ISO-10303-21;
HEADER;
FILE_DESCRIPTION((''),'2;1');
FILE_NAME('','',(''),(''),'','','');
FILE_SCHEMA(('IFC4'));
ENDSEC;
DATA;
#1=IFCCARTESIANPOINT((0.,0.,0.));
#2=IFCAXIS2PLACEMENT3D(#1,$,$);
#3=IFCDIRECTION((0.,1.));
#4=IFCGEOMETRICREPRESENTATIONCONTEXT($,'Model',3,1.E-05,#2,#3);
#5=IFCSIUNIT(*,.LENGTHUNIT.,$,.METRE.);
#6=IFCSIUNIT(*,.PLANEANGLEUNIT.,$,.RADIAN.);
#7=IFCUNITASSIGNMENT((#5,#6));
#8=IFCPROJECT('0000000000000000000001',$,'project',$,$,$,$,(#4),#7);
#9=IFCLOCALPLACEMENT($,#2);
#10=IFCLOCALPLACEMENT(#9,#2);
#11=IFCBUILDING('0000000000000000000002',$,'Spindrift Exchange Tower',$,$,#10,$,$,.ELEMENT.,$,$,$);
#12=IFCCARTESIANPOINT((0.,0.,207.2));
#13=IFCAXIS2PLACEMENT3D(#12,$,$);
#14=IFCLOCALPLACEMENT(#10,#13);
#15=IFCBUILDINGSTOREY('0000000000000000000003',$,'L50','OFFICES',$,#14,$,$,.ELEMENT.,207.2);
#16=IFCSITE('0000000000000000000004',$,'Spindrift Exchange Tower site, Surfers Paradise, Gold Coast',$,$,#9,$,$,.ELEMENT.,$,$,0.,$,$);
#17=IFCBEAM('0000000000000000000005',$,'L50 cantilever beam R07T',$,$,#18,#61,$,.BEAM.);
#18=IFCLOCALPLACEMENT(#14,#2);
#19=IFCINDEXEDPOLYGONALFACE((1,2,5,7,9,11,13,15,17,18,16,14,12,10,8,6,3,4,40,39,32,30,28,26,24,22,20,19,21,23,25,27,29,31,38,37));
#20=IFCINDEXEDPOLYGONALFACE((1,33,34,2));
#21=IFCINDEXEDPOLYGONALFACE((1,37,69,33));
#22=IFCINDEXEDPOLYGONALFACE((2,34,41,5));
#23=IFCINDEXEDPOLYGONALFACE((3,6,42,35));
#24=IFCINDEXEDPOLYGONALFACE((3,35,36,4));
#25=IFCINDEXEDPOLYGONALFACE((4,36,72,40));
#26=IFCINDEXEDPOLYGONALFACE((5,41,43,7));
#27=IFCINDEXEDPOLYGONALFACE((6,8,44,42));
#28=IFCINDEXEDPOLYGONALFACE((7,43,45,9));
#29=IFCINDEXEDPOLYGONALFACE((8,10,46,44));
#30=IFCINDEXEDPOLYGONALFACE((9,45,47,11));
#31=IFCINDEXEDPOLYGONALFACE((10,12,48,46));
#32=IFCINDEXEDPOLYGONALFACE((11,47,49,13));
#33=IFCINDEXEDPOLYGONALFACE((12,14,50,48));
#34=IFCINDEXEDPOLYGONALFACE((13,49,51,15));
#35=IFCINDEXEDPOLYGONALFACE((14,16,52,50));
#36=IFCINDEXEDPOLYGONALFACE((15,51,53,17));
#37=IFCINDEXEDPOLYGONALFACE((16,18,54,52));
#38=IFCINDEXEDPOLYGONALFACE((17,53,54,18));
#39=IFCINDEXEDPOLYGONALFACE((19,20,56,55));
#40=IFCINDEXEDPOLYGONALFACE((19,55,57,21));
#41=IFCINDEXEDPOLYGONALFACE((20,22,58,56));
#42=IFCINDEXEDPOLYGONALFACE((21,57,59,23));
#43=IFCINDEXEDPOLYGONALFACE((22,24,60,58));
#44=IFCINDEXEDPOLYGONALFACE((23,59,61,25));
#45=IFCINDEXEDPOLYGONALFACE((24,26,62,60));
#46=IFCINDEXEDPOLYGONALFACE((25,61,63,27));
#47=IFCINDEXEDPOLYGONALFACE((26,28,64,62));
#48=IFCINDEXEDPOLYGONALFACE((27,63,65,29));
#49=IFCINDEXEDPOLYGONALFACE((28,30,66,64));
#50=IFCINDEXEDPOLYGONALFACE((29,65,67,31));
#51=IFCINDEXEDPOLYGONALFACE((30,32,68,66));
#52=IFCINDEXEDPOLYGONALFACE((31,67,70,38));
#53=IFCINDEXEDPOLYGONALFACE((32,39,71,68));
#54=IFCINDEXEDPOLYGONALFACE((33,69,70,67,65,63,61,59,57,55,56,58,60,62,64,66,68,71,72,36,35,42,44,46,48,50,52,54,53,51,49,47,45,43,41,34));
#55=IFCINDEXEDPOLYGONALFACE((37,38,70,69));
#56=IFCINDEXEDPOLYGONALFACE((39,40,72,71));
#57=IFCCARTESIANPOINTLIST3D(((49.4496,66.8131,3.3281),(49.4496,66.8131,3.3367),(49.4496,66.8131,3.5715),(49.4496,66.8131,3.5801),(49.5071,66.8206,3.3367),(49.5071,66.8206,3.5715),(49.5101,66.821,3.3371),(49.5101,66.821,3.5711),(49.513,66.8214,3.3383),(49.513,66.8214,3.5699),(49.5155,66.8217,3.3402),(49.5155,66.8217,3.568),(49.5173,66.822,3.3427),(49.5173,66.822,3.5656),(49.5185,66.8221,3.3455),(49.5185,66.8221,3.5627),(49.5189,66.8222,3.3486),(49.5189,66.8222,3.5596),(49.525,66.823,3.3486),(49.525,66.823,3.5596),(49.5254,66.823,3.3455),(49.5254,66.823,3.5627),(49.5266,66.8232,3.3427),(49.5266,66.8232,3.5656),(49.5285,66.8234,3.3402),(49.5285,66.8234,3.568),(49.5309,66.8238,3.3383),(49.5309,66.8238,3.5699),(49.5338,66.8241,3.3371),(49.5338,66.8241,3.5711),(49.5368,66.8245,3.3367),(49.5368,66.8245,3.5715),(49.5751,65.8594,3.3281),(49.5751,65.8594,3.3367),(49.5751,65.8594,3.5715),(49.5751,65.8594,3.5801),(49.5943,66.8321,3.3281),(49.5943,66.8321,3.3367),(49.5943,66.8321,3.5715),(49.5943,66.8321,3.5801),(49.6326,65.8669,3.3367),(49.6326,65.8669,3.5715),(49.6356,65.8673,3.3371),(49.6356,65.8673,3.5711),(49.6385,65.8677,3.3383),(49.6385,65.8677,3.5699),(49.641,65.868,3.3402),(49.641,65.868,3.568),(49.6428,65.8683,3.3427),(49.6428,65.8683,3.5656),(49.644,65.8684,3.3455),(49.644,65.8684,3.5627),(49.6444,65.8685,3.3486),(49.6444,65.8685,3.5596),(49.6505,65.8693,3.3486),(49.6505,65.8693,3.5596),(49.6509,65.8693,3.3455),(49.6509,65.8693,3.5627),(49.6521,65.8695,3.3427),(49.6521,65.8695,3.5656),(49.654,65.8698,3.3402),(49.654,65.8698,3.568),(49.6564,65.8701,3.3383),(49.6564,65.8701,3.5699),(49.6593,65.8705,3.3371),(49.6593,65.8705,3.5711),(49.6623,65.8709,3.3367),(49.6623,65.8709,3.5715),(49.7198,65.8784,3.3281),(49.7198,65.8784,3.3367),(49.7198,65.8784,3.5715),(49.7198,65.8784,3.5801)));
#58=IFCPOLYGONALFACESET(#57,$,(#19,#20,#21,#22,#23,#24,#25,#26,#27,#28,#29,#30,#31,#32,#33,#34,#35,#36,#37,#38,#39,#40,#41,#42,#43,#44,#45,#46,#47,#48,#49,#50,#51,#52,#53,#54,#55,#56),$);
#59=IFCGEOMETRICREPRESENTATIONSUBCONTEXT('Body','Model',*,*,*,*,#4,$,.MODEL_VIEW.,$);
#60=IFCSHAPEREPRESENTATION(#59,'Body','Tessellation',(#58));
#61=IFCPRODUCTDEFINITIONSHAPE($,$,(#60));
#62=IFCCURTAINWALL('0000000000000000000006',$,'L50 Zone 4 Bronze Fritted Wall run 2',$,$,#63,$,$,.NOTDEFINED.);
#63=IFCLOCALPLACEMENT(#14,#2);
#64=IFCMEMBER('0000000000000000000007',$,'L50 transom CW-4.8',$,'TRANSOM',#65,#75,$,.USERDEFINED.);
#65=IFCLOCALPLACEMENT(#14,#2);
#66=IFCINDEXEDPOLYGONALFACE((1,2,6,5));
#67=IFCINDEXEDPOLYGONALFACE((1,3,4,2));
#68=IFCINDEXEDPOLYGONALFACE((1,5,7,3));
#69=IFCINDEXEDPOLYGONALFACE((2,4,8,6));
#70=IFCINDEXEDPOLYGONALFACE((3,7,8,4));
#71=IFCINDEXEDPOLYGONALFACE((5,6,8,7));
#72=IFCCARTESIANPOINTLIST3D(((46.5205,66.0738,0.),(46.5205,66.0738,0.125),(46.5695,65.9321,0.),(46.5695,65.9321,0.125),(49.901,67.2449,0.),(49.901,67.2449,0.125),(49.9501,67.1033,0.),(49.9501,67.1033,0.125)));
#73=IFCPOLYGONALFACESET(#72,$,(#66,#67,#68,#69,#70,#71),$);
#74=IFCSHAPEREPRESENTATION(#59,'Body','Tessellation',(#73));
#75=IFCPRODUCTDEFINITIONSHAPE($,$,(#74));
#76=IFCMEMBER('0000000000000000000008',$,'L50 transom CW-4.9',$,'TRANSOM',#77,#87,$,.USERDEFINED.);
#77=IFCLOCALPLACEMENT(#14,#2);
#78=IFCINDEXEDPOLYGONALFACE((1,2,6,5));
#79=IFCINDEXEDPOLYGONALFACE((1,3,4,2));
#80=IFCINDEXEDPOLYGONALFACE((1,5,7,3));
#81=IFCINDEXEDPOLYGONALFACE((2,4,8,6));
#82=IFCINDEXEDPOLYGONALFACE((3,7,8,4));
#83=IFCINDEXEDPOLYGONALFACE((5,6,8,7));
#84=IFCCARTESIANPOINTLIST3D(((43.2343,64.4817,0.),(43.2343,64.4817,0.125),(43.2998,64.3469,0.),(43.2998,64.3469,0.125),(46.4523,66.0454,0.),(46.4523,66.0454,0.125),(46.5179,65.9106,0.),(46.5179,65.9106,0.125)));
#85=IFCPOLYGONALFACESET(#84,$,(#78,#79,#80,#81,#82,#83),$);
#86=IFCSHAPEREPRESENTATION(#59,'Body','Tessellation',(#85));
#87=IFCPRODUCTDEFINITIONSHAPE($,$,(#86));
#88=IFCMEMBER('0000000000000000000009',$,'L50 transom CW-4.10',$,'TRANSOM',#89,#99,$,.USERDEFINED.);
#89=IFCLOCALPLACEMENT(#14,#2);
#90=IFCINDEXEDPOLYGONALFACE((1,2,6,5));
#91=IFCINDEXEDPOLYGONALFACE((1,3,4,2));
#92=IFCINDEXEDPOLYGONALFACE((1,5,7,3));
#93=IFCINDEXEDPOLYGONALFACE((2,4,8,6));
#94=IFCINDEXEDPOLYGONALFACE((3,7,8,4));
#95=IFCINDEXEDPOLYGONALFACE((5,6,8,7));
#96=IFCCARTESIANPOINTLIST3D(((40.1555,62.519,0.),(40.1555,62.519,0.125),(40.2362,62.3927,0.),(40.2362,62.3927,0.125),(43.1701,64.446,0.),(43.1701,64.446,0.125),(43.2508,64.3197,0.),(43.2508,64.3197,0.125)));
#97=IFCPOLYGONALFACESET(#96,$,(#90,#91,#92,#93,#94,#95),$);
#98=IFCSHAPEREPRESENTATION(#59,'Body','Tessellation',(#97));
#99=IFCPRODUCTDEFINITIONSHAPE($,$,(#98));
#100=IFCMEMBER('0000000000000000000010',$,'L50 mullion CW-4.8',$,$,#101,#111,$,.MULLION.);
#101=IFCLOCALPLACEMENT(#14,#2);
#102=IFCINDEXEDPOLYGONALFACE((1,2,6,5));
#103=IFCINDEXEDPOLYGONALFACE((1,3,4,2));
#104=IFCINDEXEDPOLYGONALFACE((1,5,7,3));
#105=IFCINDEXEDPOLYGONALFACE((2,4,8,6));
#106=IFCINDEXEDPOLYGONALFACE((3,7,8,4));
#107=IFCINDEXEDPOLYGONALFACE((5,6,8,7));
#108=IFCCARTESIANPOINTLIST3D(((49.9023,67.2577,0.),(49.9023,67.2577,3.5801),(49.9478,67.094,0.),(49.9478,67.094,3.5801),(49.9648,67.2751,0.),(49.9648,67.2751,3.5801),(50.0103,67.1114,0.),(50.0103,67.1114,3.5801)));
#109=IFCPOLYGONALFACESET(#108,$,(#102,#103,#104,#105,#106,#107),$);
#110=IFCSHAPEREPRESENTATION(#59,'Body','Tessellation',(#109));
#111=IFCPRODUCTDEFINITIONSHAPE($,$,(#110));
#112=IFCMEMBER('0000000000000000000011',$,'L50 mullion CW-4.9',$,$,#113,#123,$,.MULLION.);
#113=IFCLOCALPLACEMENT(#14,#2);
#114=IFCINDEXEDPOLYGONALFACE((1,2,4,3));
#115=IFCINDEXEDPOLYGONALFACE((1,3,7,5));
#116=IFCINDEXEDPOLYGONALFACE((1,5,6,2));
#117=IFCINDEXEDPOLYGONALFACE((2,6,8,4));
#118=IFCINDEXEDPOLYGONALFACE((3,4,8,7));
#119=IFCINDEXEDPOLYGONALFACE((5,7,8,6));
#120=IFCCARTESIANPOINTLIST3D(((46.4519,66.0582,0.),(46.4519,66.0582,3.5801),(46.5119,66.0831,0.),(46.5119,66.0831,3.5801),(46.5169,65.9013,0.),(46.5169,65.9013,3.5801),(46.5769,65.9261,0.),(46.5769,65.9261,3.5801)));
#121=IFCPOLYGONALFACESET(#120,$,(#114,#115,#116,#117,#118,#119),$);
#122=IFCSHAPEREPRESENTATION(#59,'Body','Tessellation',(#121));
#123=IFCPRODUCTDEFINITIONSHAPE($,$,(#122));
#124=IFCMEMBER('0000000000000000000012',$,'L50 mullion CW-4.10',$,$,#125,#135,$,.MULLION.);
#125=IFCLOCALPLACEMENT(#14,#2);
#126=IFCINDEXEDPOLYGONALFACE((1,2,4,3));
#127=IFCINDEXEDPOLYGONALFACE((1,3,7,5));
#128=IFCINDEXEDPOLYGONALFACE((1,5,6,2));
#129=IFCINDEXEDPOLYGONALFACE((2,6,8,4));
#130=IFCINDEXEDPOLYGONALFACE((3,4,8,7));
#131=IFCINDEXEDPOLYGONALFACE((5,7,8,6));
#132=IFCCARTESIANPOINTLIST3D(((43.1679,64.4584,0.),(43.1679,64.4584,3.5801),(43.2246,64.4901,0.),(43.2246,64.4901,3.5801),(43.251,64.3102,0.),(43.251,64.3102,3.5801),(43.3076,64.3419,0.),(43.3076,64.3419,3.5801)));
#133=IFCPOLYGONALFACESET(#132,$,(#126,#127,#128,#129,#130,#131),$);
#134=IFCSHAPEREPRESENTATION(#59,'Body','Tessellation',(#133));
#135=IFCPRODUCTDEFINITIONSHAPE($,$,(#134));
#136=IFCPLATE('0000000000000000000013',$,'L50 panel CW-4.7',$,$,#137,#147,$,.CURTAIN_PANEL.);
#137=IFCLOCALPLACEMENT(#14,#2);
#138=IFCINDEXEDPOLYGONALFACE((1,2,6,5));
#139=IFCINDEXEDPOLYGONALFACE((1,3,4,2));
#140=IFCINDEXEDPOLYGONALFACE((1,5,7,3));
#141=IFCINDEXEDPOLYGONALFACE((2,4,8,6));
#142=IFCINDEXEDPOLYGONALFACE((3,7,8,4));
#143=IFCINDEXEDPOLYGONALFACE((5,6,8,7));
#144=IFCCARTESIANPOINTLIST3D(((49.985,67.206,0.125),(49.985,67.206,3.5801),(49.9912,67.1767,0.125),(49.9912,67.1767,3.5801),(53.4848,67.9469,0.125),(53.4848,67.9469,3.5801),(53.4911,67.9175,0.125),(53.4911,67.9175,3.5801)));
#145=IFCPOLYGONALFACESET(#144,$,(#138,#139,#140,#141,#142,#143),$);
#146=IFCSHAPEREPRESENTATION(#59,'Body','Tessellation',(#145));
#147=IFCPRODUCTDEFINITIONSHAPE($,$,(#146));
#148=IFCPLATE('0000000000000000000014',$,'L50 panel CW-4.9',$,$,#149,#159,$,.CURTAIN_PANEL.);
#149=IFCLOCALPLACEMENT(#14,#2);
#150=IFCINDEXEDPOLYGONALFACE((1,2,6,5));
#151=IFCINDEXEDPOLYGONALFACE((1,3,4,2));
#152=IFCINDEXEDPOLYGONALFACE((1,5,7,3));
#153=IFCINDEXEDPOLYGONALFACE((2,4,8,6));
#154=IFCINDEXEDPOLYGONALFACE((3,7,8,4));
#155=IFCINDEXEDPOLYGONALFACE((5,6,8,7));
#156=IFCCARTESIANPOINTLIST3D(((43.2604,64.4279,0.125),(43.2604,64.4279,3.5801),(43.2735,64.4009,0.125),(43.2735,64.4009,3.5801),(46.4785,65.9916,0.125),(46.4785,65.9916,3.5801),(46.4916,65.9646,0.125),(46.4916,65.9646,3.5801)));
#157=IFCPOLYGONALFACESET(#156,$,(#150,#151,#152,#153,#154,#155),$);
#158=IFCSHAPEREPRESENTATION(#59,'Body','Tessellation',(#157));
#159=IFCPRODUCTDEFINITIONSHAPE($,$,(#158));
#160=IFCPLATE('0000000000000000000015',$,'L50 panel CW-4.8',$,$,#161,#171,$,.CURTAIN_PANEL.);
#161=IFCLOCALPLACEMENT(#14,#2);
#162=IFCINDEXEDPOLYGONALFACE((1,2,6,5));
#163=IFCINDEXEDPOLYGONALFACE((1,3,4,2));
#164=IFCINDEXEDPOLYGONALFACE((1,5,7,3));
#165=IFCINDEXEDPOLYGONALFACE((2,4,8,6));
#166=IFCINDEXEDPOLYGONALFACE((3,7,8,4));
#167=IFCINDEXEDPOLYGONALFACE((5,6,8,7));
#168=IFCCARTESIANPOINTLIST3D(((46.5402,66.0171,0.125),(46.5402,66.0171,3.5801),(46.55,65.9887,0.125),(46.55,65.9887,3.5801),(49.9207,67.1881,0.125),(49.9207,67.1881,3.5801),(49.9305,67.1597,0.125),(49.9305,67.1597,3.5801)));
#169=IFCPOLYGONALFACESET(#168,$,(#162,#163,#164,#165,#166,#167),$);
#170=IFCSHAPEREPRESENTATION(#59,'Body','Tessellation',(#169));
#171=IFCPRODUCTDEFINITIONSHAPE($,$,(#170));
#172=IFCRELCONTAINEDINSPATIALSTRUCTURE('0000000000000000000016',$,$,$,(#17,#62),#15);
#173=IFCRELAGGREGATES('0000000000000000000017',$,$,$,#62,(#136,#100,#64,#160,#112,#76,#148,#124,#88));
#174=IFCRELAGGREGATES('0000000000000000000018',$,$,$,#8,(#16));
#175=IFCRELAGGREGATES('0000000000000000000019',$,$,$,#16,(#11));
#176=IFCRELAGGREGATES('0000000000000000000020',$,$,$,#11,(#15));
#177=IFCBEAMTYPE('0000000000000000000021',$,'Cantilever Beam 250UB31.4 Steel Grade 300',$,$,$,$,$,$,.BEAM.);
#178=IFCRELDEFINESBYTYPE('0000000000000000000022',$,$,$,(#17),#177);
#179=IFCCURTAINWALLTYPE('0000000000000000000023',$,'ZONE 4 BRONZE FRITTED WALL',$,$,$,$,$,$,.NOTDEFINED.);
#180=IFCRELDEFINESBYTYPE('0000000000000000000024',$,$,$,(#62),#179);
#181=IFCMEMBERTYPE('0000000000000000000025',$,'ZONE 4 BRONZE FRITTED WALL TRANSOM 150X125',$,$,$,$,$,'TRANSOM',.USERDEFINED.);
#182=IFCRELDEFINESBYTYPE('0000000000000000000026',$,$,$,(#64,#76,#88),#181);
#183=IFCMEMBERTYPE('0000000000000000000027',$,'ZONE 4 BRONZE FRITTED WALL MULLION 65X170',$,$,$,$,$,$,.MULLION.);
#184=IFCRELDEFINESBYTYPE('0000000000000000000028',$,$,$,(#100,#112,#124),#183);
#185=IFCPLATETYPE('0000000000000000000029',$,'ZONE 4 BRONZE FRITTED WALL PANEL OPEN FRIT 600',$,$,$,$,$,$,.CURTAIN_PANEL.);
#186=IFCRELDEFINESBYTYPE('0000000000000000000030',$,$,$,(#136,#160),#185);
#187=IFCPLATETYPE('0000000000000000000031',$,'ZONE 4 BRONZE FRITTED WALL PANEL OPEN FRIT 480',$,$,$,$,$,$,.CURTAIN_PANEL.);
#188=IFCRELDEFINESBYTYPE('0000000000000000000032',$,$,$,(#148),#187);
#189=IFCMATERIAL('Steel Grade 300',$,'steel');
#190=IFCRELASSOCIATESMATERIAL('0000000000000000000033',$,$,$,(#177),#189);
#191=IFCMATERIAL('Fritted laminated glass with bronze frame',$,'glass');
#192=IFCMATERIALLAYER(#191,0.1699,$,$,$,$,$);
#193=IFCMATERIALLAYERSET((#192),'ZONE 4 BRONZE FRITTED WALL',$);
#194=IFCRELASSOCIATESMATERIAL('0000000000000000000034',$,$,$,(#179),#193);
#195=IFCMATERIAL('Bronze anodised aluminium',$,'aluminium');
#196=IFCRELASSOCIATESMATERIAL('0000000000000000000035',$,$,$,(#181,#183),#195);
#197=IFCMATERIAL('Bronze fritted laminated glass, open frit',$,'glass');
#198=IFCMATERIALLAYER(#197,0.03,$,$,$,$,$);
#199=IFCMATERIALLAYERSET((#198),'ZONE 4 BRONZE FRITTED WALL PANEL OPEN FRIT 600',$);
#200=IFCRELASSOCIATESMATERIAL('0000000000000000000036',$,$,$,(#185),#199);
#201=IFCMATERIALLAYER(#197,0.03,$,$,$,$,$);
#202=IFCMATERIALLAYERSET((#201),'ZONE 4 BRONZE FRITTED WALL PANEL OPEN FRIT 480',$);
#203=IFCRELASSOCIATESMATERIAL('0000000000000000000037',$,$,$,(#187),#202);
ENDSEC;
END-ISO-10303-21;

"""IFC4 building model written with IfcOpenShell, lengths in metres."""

from ifc_helpers import new_model, si_unit, direction, frame, origin, origin_2d, place, context, subcontext, project, spatial, rectangle, i_section, extrude, source, transform, mapped, material, layer, layer_set, material_profile, profile_set, type_object, element, aggregate, save


model = new_model("IFC4")

# Units and contexts
model_context = context("Model", 3, precision=1e-05, world=origin(), true_north=direction((0.0, 1.0)))
body_context = subcontext(model_context, "Body", "Model", "MODEL_VIEW")
ifc_project = project(units=[si_unit("LENGTHUNIT", "METRE"), si_unit("PLANEANGLEUNIT", "RADIAN")], contexts=[model_context])

# Site, building, storey
site_placement = place(None, origin())
site = spatial("IfcSite", under=ifc_project, at=site_placement, Name="Spindrift Exchange Tower site, Surfers Paradise, Gold Coast", CompositionType="ELEMENT", RefElevation=0.0)
building_placement = place(site_placement, origin())
building = spatial("IfcBuilding", under=site, at=building_placement, Name="Spindrift Exchange Tower", CompositionType="ELEMENT")
storey_placement = place(building_placement, frame((0.0, 0.0, 207.2)))
storey = spatial("IfcBuildingStorey", under=building, at=storey_placement, Name="L50", Description="OFFICES", CompositionType="ELEMENT", Elevation=207.2)

# Beam
ifc_material_1 = material(Name="Steel Grade 300", Category="steel")
ifc_material_profile_1 = material_profile(ifc_material_1, i_section(OverallWidth=0.146, OverallDepth=0.252, WebThickness=0.0061, FlangeThickness=0.0085, FilletRadius=0.012, at=origin_2d()), Name="250UB31.4")
ifc_profile_set_1 = profile_set([ifc_material_profile_1], Name="Steel Grade 300")
beam_type_1 = type_object("IfcBeamType", Name="Cantilever Beam 250UB31.4 Steel Grade 300", PredefinedType="BEAM", material=ifc_profile_set_1)
shared_shape_1 = source(origin(), body_context, "Body", "SweptSolid", [
    extrude(i_section(OverallWidth=0.146, OverallDepth=0.252, WebThickness=0.0061, FlangeThickness=0.0085, FilletRadius=0.012, at=origin_2d()), origin(), (0.0, 0.0, 1.0), 0.9619),
])
beam_1_placement = place(storey_placement, frame((49.6475, 65.8689, 3.4541), z_axis=(-0.130468, 0.991453, 0.0), x_axis=(-0.991453, -0.130468, 0.0)))
element("IfcBeam", 1, at=beam_1_placement, inside=storey, type_object=beam_type_1, Name="L50 cantilever beam R07T", PredefinedType="BEAM", context=body_context, shape_type="MappedRepresentation", body=[
    mapped(shared_shape_1, transform((0.0, 0.0, 0.0), scale=1.0)),
])

# Curtain wall, members, plates
ifc_material_2 = material(Name="Fritted laminated glass with bronze frame", Category="glass")
ifc_layer_1 = layer(ifc_material_2, 0.1699)
ifc_layer_set_1 = layer_set([ifc_layer_1], Name="ZONE 4 BRONZE FRITTED WALL")
curtain_wall_type = type_object("IfcCurtainWallType", Name="ZONE 4 BRONZE FRITTED WALL", PredefinedType="NOTDEFINED", material=ifc_layer_set_1)
curtain_wall_placement = place(storey_placement, origin())
curtain_wall = element("IfcCurtainWall", 2, at=curtain_wall_placement, inside=storey, type_object=curtain_wall_type, Name="L50 Zone 4 Bronze Fritted Wall run 2", PredefinedType="NOTDEFINED")
ifc_material_3 = material(Name="Bronze anodised aluminium", Category="aluminium")
ifc_material_profile_2 = material_profile(ifc_material_3, rectangle(XDim=0.1499, YDim=0.125, at=origin_2d()), Name="ZONE 4 BRONZE FRITTED WALL TRANSOM 150X125")
ifc_profile_set_2 = profile_set([ifc_material_profile_2], Name="Bronze anodised aluminium")
member_type_1 = type_object("IfcMemberType", Name="ZONE 4 BRONZE FRITTED WALL TRANSOM 150X125", ElementType="TRANSOM", PredefinedType="USERDEFINED", material=ifc_profile_set_2)
shared_shape_2 = source(origin(), body_context, "Body", "SweptSolid", [
    extrude(rectangle(XDim=0.1499, YDim=0.125, at=origin_2d()), origin(), (0.0, 0.0, 1.0), 3.5776),
])
member_1_placement = place(storey_placement, frame((49.9255, 67.1741, 0.0625), z_axis=(-0.944906, -0.327343, 0.0), x_axis=(0.327343, -0.944906, 0.0)))
member_1 = element("IfcMember", 3, at=member_1_placement, type_object=member_type_1, Name="L50 transom CW-4.8", ObjectType="TRANSOM", PredefinedType="USERDEFINED", context=body_context, shape_type="MappedRepresentation", body=[
    mapped(shared_shape_2, transform((0.0, 0.0, 0.0), scale=1.0)),
])
shared_shape_3 = source(origin(), body_context, "Body", "SweptSolid", [
    extrude(rectangle(XDim=0.1499, YDim=0.125, at=origin_2d()), origin(), (0.0, 0.0, 1.0), 3.5779),
])
member_2_placement = place(storey_placement, frame((46.4851, 65.978, 0.0625), z_axis=(-0.899433, -0.437059, 0.0), x_axis=(0.437059, -0.899433, 0.0)))
member_2 = element("IfcMember", 4, at=member_2_placement, type_object=member_type_1, Name="L50 transom CW-4.9", ObjectType="TRANSOM", PredefinedType="USERDEFINED", context=body_context, shape_type="MappedRepresentation", body=[
    mapped(shared_shape_3, transform((0.0, 0.0, 0.0), scale=1.0)),
])
member_3_placement = place(storey_placement, frame((43.2104, 64.3828, 0.0625), z_axis=(-0.842572, -0.538583, 0.0), x_axis=(0.538583, -0.842572, 0.0)))
member_3 = element("IfcMember", 5, at=member_3_placement, type_object=member_type_1, Name="L50 transom CW-4.10", ObjectType="TRANSOM", PredefinedType="USERDEFINED", context=body_context, shape_type="MappedRepresentation", body=[
    mapped(shared_shape_3, transform((0.0, 0.0, 0.0), scale=1.0)),
])
ifc_material_profile_3 = material_profile(ifc_material_3, rectangle(XDim=0.0649, YDim=0.1699, at=origin_2d()), Name="ZONE 4 BRONZE FRITTED WALL MULLION 65X170")
ifc_profile_set_3 = profile_set([ifc_material_profile_3], Name="Bronze anodised aluminium")
member_type_2 = type_object("IfcMemberType", Name="ZONE 4 BRONZE FRITTED WALL MULLION 65X170", PredefinedType="MULLION", material=ifc_profile_set_3)
shared_shape_4 = source(origin(), body_context, "Body", "SweptSolid", [
    extrude(rectangle(XDim=0.0649, YDim=0.1699, at=origin_2d()), origin(), (0.0, 0.0, 1.0), 3.5801),
])
member_4_placement = place(storey_placement, frame((49.9563, 67.1846, 0.0), z_axis=(0.0, 0.0, 1.0), x_axis=(-0.963495, -0.267725, 0.0)))
member_4 = element("IfcMember", 6, at=member_4_placement, type_object=member_type_2, Name="L50 mullion CW-4.8", PredefinedType="MULLION", context=body_context, shape_type="MappedRepresentation", body=[
    mapped(shared_shape_4, transform((0.0, 0.0, 0.0), scale=1.0)),
])
member_5_placement = place(storey_placement, frame((46.5144, 65.9922, 0.0), z_axis=(0.0, 0.0, 1.0), x_axis=(-0.923807, -0.382859, 0.0)))
member_5 = element("IfcMember", 7, at=member_5_placement, type_object=member_type_2, Name="L50 mullion CW-4.9", PredefinedType="MULLION", context=body_context, shape_type="MappedRepresentation", body=[
    mapped(shared_shape_4, transform((0.0, 0.0, 0.0), scale=1.0)),
])
member_6_placement = place(storey_placement, frame((43.2378, 64.4001, 0.0), z_axis=(0.0, 0.0, 1.0), x_axis=(-0.872479, -0.488651, 0.0)))
member_6 = element("IfcMember", 8, at=member_6_placement, type_object=member_type_2, Name="L50 mullion CW-4.10", PredefinedType="MULLION", context=body_context, shape_type="MappedRepresentation", body=[
    mapped(shared_shape_4, transform((0.0, 0.0, 0.0), scale=1.0)),
])
ifc_material_4 = material(Name="Bronze fritted laminated glass, open frit", Category="glass")
ifc_layer_2 = layer(ifc_material_4, 0.03)
ifc_layer_set_2 = layer_set([ifc_layer_2], Name="ZONE 4 BRONZE FRITTED WALL PANEL OPEN FRIT 600")
plate_type_1 = type_object("IfcPlateType", Name="ZONE 4 BRONZE FRITTED WALL PANEL OPEN FRIT 600", PredefinedType="CURTAIN_PANEL", material=ifc_layer_set_2)
shared_shape_5 = source(origin(), body_context, "Body", "SweptSolid", [
    extrude(rectangle(XDim=3.5774, YDim=0.03, at=origin_2d()), origin(), (0.0, 0.0, 1.0), 3.4551),
])
plate_1_placement = place(storey_placement, frame((51.738, 67.5618, 0.125), z_axis=(0.0, 0.0, 1.0), x_axis=(-0.978322, -0.20709, 0.0)))
plate_1 = element("IfcPlate", 9, at=plate_1_placement, type_object=plate_type_1, Name="L50 panel CW-4.7", PredefinedType="CURTAIN_PANEL", context=body_context, shape_type="MappedRepresentation", body=[
    mapped(shared_shape_5, transform((0.0, 0.0, 0.0), scale=1.0)),
])
ifc_layer_3 = layer(ifc_material_4, 0.03)
ifc_layer_set_3 = layer_set([ifc_layer_3], Name="ZONE 4 BRONZE FRITTED WALL PANEL OPEN FRIT 480")
plate_type_2 = type_object("IfcPlateType", Name="ZONE 4 BRONZE FRITTED WALL PANEL OPEN FRIT 480", PredefinedType="CURTAIN_PANEL", material=ifc_layer_set_3)
shared_shape_6 = source(origin(), body_context, "Body", "SweptSolid", [
    extrude(rectangle(XDim=3.5779, YDim=0.03, at=origin_2d()), origin(), (0.0, 0.0, 1.0), 3.4551),
])
plate_2_placement = place(storey_placement, frame((44.876, 65.1963, 0.125), z_axis=(0.0, 0.0, 1.0), x_axis=(-0.899437, -0.43705, 0.0)))
plate_2 = element("IfcPlate", 10, at=plate_2_placement, type_object=plate_type_2, Name="L50 panel CW-4.9", PredefinedType="CURTAIN_PANEL", context=body_context, shape_type="MappedRepresentation", body=[
    mapped(shared_shape_6, transform((0.0, 0.0, 0.0), scale=1.0)),
])
shared_shape_7 = source(origin(), body_context, "Body", "SweptSolid", [
    extrude(rectangle(XDim=3.5776, YDim=0.03, at=origin_2d()), origin(), (0.0, 0.0, 1.0), 3.4551),
])
plate_3_placement = place(storey_placement, frame((48.2354, 66.5884, 0.125), z_axis=(0.0, 0.0, 1.0), x_axis=(-0.944915, -0.327317, 0.0)))
plate_3 = element("IfcPlate", 11, at=plate_3_placement, type_object=plate_type_1, Name="L50 panel CW-4.8", PredefinedType="CURTAIN_PANEL", context=body_context, shape_type="MappedRepresentation", body=[
    mapped(shared_shape_7, transform((0.0, 0.0, 0.0), scale=1.0)),
])
aggregate(curtain_wall, [plate_1, member_4, member_1, plate_3, member_5, member_2, plate_2, member_6, member_3])

save(model, "model.ifc")
